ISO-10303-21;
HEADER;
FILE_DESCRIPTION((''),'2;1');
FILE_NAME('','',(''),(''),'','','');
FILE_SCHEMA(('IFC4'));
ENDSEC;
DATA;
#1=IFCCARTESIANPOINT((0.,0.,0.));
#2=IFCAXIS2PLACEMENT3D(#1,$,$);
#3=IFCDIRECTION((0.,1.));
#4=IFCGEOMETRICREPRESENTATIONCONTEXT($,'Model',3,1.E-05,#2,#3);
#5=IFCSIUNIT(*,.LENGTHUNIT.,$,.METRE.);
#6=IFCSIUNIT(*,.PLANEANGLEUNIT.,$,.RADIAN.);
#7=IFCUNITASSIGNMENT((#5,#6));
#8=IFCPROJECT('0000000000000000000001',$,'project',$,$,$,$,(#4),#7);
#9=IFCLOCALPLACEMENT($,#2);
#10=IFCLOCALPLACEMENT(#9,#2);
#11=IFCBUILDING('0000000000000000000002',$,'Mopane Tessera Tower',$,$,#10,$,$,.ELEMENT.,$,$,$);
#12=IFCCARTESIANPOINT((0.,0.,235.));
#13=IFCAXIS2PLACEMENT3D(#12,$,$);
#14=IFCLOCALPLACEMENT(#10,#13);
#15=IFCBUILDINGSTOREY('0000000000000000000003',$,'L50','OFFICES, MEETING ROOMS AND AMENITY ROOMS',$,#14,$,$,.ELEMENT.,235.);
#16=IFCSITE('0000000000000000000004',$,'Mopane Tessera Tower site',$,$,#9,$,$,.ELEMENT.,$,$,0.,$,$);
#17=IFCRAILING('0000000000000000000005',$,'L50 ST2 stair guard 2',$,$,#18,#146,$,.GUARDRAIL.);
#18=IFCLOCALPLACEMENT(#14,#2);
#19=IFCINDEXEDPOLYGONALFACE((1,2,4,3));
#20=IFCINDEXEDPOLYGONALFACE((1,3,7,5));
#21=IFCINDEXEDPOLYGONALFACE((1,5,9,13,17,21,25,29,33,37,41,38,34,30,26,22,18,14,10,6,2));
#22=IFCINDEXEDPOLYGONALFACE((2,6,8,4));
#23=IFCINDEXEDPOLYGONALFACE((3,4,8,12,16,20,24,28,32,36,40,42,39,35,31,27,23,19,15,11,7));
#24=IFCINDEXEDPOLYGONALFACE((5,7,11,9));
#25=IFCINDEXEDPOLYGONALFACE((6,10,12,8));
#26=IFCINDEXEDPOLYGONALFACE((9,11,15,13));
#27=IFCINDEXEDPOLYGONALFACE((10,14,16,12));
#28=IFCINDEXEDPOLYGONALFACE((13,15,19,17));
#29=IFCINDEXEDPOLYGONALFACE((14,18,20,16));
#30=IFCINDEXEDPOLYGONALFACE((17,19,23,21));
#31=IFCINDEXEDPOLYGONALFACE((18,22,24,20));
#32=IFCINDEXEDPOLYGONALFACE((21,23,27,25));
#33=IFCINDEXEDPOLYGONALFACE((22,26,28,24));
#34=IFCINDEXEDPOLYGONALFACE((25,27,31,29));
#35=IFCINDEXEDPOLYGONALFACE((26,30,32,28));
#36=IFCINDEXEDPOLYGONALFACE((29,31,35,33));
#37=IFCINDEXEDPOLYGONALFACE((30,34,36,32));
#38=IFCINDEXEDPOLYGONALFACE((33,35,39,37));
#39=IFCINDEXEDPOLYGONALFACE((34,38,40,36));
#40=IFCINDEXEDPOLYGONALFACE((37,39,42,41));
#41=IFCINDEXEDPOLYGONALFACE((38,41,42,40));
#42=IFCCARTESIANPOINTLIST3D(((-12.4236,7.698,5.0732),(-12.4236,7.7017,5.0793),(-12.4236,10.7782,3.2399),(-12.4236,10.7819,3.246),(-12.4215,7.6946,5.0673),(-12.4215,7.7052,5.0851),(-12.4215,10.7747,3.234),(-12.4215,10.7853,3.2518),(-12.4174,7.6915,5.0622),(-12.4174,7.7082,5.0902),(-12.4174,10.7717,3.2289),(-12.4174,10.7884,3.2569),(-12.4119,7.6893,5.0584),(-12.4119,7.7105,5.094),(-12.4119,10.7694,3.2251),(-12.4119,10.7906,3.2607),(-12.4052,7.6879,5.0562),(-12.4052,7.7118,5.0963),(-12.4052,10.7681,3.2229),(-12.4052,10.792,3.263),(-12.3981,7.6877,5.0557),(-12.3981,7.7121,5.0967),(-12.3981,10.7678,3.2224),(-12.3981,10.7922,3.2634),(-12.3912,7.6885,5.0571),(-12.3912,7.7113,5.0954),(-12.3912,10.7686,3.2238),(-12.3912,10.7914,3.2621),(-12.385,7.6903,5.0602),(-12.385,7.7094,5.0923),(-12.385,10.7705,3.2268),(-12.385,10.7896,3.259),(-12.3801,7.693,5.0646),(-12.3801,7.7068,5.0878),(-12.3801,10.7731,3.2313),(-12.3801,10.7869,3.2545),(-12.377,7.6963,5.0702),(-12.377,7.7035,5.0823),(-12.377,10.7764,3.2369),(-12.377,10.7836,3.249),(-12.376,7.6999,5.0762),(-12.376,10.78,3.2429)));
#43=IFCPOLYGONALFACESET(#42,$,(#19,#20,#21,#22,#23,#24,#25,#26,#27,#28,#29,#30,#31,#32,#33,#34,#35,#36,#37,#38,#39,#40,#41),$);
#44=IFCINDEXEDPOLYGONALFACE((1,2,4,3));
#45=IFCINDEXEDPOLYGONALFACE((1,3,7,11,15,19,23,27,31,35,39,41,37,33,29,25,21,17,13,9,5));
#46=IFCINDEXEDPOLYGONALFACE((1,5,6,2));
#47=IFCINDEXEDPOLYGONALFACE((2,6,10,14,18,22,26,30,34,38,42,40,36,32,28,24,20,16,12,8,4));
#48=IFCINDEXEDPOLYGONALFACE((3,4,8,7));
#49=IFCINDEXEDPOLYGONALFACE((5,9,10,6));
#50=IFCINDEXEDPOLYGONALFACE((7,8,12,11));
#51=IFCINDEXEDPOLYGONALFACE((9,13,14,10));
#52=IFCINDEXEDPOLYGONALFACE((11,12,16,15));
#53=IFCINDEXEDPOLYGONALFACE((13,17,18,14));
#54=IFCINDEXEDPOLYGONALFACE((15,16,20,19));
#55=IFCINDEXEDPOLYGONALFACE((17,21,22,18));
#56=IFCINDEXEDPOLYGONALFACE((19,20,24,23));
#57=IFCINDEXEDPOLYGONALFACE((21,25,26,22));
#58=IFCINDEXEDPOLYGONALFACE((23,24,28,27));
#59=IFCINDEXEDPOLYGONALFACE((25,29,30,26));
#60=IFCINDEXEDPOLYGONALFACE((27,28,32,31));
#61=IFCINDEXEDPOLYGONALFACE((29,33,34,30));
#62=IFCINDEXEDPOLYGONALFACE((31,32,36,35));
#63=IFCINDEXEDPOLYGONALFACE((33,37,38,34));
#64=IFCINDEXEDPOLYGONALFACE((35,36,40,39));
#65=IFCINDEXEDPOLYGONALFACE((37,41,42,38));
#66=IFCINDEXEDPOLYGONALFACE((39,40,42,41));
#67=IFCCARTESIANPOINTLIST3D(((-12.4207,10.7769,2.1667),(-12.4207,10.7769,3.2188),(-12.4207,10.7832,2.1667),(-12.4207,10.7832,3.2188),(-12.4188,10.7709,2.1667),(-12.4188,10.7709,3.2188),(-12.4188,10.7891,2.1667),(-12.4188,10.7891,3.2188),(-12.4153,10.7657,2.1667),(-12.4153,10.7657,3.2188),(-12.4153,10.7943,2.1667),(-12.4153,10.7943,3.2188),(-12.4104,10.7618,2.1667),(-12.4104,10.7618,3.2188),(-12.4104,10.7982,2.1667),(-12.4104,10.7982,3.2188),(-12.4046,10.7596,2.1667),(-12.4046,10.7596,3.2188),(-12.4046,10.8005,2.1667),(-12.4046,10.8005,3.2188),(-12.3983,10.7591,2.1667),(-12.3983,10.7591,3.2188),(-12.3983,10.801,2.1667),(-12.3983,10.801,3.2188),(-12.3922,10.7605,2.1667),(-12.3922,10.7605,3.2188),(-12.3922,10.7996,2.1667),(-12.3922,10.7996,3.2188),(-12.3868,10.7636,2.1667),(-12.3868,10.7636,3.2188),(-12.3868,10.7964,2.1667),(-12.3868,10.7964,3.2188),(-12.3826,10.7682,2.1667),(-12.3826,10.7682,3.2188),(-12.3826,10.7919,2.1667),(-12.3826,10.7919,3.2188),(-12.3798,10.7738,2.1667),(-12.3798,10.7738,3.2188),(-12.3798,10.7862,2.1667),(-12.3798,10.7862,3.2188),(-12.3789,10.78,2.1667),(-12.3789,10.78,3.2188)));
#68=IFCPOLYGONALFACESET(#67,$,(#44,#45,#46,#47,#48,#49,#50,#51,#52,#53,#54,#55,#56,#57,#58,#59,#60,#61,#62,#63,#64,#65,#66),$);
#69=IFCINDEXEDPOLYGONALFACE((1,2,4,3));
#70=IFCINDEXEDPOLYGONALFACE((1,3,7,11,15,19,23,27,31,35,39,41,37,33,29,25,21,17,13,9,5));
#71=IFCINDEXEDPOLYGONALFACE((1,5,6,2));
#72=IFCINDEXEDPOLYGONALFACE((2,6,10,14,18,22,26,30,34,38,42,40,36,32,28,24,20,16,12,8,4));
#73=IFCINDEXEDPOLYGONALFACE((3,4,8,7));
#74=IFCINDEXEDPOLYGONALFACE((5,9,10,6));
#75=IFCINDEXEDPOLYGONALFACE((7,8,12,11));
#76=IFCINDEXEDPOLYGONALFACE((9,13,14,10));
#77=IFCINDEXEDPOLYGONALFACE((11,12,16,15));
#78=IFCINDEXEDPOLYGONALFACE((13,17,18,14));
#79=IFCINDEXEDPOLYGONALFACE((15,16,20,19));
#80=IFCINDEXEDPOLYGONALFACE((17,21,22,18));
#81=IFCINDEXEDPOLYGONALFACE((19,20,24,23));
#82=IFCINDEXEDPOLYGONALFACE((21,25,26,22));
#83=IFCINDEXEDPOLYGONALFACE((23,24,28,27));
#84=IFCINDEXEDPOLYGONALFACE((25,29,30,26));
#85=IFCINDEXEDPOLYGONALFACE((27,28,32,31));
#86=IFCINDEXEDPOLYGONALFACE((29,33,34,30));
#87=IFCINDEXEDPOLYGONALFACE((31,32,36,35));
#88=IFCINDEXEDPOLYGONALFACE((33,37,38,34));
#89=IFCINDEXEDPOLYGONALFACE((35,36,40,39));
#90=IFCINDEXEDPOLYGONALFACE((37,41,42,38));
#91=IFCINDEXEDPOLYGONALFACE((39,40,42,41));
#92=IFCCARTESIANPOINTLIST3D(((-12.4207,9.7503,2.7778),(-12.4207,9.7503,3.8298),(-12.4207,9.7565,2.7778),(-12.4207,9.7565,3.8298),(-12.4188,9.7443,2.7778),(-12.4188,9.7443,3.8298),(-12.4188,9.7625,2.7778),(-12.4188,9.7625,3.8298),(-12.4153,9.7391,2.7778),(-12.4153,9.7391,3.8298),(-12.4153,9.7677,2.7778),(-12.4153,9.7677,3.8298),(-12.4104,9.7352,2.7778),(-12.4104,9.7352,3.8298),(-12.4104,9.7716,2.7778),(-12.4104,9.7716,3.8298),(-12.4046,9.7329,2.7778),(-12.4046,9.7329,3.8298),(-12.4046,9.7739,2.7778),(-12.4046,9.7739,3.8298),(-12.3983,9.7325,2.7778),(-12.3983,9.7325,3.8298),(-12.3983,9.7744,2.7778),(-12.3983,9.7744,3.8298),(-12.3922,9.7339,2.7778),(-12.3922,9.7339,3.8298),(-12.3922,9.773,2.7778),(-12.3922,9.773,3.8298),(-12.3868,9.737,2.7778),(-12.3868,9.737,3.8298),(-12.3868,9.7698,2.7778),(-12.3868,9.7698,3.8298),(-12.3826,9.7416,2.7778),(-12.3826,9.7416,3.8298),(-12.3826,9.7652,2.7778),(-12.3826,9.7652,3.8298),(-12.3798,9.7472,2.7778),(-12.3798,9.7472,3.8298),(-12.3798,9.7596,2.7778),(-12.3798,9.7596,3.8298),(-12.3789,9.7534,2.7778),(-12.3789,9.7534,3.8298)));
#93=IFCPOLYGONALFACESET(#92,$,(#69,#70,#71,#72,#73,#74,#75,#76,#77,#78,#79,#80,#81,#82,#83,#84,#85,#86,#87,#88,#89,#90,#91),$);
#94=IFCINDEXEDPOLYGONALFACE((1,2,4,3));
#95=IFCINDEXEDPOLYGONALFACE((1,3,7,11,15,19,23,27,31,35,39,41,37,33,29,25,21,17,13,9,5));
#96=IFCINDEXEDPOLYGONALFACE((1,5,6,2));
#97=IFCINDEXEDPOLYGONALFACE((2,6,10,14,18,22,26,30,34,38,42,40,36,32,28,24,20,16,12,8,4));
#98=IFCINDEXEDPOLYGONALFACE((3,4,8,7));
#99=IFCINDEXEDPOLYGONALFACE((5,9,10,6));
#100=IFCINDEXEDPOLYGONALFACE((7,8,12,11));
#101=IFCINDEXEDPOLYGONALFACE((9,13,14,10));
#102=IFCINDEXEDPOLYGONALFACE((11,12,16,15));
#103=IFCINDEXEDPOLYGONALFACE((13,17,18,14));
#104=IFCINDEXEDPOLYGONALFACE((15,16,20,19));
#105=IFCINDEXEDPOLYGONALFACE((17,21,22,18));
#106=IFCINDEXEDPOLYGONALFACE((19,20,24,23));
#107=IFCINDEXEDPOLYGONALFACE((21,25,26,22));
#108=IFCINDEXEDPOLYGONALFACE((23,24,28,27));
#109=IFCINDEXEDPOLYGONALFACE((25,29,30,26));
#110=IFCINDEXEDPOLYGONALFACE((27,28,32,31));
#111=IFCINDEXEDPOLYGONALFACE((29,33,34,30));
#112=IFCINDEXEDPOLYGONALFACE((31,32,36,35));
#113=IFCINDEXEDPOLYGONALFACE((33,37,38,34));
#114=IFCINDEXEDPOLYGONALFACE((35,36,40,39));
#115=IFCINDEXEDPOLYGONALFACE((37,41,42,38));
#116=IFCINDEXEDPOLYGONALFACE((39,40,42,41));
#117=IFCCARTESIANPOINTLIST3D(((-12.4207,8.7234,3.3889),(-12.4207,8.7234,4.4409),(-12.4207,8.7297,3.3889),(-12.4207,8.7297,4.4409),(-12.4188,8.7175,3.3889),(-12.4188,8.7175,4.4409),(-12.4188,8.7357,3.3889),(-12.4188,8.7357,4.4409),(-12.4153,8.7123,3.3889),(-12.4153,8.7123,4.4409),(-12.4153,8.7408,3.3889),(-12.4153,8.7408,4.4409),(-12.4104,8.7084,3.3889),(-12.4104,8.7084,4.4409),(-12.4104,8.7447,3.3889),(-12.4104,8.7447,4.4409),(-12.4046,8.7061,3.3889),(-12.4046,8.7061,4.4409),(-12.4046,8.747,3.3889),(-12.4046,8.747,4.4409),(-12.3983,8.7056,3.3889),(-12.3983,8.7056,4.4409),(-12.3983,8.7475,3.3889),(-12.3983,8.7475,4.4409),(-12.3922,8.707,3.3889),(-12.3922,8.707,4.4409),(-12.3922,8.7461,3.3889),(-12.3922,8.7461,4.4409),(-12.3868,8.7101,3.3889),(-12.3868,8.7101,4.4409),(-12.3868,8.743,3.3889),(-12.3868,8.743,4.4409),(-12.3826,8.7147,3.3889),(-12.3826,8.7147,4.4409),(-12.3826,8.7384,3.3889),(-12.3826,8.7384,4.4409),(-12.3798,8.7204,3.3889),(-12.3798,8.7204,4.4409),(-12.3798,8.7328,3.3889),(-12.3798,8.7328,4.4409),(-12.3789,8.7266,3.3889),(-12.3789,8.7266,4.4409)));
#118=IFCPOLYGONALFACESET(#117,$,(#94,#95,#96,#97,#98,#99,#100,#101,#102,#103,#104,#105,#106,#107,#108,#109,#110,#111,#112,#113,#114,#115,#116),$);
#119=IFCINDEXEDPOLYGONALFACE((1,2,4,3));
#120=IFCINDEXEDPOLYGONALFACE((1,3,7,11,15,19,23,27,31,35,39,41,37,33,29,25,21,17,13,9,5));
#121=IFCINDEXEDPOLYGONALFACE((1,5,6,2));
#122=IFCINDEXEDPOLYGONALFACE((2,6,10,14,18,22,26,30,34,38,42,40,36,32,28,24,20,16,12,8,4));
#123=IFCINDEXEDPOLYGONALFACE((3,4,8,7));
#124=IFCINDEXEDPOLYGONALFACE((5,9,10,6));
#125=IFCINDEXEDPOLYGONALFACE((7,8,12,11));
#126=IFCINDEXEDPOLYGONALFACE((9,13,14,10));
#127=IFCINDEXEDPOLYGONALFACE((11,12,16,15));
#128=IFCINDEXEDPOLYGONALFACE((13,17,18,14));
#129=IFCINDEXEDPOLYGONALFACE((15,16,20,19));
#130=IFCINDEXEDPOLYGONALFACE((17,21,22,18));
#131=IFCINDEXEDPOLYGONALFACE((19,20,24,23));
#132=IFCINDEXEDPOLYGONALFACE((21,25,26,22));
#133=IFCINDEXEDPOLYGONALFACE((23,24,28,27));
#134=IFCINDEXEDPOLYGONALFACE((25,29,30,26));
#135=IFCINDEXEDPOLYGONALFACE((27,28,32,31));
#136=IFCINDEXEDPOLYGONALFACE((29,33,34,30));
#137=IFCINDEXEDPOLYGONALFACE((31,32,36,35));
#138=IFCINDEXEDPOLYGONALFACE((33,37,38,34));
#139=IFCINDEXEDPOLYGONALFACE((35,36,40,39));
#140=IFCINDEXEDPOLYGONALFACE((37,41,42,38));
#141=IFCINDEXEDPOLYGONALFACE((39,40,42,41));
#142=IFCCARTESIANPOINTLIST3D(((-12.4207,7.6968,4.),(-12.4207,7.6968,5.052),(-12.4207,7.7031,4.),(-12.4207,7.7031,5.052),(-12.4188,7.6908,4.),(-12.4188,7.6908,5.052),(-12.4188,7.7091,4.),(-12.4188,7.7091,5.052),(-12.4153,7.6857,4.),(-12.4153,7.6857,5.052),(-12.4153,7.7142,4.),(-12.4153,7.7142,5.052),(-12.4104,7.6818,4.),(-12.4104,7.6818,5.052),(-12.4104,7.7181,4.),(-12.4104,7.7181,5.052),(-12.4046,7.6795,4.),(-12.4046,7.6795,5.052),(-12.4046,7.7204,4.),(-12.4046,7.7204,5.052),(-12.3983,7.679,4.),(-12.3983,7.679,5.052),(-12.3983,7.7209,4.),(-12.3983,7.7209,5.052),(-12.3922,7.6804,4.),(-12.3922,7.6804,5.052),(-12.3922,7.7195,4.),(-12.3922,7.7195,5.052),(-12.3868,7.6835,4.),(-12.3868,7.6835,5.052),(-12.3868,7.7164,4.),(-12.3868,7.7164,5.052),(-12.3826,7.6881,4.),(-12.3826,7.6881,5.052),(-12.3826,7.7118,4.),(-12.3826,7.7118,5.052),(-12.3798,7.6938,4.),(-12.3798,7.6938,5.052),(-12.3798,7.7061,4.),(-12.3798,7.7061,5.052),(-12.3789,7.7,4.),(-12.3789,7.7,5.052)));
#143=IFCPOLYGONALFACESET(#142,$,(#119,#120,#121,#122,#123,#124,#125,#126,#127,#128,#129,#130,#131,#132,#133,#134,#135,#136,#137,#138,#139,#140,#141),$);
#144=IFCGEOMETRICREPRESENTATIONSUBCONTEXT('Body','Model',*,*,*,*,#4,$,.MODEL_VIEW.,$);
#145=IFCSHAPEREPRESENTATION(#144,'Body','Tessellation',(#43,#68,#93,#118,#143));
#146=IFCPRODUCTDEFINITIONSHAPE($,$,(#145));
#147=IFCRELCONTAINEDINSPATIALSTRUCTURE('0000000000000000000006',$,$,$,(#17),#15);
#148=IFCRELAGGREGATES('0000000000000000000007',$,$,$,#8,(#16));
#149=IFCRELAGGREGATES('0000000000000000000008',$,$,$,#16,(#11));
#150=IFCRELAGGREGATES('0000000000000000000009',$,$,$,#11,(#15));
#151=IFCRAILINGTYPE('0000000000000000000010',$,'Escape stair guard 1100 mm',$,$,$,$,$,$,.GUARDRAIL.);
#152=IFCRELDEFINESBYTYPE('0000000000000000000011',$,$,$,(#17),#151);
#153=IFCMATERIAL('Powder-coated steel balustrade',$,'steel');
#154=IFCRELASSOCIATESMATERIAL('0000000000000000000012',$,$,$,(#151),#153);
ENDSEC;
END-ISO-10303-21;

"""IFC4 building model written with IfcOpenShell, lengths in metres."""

from ifc_helpers import new_model, si_unit, direction, frame, origin, origin_2d, place, context, subcontext, project, spatial, circle, extrude, material, type_object, element, save


model = new_model("IFC4")

# Units and contexts
model_context = context("Model", 3, precision=1e-05, world=origin(), true_north=direction((0.0, 1.0)))
body_context = subcontext(model_context, "Body", "Model", "MODEL_VIEW")
ifc_project = project(units=[si_unit("LENGTHUNIT", "METRE"), si_unit("PLANEANGLEUNIT", "RADIAN")], contexts=[model_context])

# Site, building, storey
site_placement = place(None, origin())
site = spatial("IfcSite", under=ifc_project, at=site_placement, Name="Mopane Tessera Tower site", CompositionType="ELEMENT", RefElevation=0.0)
building_placement = place(site_placement, origin())
building = spatial("IfcBuilding", under=site, at=building_placement, Name="Mopane Tessera Tower", CompositionType="ELEMENT")
storey_placement = place(building_placement, frame((0.0, 0.0, 235.0)))
storey = spatial("IfcBuildingStorey", under=building, at=storey_placement, Name="L50", Description="OFFICES, MEETING ROOMS AND AMENITY ROOMS", CompositionType="ELEMENT", Elevation=235.0)

# Railing
ifc_material_1 = material(Name="Powder-coated steel balustrade", Category="steel")
railing_type_1 = type_object("IfcRailingType", Name="Escape stair guard 1100 mm", PredefinedType="GUARDRAIL", material=ifc_material_1)
railing_1_placement = place(storey_placement, frame((-12.3999, 10.78, 2.1667)))
element("IfcRailing", 1, at=railing_1_placement, inside=storey, type_object=railing_type_1, Name="L50 ST2 stair guard 2", PredefinedType="GUARDRAIL", context=body_context, shape_type="SweptSolid", body=[
    extrude(circle(Radius=0.0239, at=origin_2d()), frame((0.0, 0.0, 1.0762), z_axis=(0.0, -0.859309, 0.511458), x_axis=(1.0, 0.0, 0.0)), (0.0, 0.0, 1.0), 3.5845),
    extrude(circle(Radius=0.021, at=origin_2d()), origin(), (0.0, 0.0, 1.0), 1.052),
    extrude(circle(Radius=0.021, at=origin_2d()), frame((0.0, -1.0266, 0.6111)), (0.0, 0.0, 1.0), 1.052),
    extrude(circle(Radius=0.021, at=origin_2d()), frame((0.0, -2.0535, 1.2222)), (0.0, 0.0, 1.0), 1.052),
    extrude(circle(Radius=0.021, at=origin_2d()), frame((0.0, -3.0801, 1.8333)), (0.0, 0.0, 1.0), 1.052),
])

save(model, "model.ifc")
